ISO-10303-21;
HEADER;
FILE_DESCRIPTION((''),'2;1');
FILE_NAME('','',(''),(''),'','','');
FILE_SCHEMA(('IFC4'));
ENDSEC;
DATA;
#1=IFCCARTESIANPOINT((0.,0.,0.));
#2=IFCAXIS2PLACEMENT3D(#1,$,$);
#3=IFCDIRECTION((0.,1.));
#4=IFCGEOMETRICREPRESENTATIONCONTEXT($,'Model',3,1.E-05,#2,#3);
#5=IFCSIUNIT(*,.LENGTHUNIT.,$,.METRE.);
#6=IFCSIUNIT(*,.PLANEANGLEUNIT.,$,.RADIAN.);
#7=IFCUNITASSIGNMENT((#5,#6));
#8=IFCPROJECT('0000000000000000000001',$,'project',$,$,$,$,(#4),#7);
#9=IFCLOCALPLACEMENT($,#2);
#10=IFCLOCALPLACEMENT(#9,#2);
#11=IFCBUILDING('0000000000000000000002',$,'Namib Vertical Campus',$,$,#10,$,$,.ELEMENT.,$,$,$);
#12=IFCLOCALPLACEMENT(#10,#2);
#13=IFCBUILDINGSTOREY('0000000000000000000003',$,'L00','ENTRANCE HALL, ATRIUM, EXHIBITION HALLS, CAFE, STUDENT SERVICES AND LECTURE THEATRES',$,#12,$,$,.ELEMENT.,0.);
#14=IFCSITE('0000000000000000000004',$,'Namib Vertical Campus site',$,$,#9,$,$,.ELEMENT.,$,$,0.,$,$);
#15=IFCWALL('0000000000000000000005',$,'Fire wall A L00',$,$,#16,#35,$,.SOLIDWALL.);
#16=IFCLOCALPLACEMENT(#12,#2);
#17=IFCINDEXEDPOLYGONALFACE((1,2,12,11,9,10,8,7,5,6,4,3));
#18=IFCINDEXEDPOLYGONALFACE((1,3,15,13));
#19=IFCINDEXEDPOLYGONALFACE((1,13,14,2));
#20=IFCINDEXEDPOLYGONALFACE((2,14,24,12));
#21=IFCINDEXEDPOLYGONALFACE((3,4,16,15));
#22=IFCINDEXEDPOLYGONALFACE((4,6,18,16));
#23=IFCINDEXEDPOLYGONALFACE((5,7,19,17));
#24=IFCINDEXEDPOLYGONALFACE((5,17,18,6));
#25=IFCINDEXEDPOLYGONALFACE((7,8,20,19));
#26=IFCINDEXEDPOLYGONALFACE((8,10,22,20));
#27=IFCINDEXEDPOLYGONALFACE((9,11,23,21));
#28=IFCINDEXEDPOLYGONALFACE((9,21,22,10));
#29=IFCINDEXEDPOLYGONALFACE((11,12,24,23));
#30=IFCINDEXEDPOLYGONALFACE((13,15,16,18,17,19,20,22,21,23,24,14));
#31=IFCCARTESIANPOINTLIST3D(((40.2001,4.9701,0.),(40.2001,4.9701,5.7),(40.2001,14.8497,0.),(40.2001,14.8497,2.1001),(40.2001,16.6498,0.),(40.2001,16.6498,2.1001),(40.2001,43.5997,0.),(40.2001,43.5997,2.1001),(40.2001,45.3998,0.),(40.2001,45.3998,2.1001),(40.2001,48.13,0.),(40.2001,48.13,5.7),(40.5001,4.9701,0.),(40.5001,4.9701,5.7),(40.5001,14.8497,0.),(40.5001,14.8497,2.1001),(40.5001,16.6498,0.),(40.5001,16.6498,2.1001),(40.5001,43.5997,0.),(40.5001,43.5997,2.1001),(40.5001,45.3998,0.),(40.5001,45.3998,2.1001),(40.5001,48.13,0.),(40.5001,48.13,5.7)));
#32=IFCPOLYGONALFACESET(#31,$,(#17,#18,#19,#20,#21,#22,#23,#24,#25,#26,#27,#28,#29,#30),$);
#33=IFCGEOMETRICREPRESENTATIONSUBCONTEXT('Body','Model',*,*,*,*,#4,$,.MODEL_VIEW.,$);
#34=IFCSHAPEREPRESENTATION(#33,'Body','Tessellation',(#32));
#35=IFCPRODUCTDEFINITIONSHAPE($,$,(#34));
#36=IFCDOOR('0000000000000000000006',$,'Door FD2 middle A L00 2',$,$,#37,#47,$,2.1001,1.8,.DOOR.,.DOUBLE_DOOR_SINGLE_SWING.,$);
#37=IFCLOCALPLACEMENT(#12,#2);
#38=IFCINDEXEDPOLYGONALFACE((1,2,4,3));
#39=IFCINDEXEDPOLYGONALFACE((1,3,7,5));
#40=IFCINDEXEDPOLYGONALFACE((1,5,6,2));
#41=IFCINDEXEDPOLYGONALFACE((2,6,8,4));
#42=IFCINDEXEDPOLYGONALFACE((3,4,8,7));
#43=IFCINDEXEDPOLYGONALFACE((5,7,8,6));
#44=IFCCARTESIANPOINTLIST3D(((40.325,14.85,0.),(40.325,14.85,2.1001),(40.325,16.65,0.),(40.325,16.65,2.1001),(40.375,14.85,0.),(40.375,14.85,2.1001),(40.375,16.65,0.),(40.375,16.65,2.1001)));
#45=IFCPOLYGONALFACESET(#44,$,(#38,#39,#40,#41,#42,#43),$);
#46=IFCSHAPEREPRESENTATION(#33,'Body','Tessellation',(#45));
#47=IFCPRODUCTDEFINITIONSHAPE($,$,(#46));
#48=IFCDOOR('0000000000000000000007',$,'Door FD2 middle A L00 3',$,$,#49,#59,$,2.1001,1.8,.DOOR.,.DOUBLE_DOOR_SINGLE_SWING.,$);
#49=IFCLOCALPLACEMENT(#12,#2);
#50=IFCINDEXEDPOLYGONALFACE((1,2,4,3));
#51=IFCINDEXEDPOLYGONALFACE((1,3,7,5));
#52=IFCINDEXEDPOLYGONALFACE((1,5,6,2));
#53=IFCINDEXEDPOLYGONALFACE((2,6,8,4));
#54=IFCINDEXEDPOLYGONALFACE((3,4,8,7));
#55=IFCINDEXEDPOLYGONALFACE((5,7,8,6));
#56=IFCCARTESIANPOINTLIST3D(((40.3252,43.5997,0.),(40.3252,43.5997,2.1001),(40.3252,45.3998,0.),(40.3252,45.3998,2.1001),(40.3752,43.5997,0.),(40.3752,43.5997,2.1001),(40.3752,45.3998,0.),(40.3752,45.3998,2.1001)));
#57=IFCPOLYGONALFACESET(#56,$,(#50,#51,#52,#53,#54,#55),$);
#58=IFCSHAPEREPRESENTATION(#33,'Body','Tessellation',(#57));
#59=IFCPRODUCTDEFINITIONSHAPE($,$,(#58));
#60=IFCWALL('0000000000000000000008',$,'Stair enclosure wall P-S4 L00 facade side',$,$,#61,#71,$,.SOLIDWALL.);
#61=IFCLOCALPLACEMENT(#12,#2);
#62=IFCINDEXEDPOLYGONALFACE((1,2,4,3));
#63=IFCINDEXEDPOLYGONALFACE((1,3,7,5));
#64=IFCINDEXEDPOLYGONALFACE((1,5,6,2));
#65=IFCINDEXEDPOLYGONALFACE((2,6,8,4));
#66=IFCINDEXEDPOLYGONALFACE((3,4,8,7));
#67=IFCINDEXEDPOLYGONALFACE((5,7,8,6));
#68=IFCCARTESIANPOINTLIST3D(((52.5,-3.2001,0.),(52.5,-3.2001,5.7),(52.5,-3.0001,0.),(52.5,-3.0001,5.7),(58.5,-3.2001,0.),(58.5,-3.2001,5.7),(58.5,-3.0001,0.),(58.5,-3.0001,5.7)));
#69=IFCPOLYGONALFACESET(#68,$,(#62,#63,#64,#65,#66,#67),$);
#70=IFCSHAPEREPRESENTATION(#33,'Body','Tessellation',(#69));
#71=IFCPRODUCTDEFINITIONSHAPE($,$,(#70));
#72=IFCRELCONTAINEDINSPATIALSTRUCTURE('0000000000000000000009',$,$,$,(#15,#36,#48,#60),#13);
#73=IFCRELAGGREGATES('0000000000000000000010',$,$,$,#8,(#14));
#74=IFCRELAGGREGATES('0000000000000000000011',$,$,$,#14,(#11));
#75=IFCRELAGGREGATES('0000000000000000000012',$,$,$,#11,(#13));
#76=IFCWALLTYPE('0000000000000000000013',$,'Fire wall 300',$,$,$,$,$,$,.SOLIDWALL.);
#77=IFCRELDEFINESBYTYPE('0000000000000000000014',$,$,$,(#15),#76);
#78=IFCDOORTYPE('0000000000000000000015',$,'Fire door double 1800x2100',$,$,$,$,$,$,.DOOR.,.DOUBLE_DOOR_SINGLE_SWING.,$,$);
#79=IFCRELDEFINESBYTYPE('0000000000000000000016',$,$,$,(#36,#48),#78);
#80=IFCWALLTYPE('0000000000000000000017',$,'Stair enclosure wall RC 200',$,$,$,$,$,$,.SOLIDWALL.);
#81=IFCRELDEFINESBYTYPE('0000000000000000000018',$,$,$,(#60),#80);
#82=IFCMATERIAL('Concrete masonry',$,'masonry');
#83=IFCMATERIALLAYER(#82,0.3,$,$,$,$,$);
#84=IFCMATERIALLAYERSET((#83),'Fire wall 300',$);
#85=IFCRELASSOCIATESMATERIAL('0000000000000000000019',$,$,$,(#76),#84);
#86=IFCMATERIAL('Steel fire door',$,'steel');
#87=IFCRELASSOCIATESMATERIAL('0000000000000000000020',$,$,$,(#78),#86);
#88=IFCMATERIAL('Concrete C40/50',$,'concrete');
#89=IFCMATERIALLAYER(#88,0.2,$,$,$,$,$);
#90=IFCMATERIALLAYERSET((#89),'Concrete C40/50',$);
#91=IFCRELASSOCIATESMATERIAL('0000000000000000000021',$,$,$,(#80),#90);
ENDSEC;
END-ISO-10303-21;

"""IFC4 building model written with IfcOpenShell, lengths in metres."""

from ifc_helpers import new_model, si_unit, direction, frame, frame_2d, origin, place, context, subcontext, project, spatial, rectangle, extrude, material, layer, layer_set, type_object, element, fill, save


model = new_model("IFC4")

# Units and contexts
model_context = context("Model", 3, precision=1e-05, world=origin(), true_north=direction((0.0, 1.0)))
body_context = subcontext(model_context, "Body", "Model", "MODEL_VIEW")
ifc_project = project(units=[si_unit("LENGTHUNIT", "METRE"), si_unit("PLANEANGLEUNIT", "RADIAN")], contexts=[model_context])

# Site, building, storey
site_placement = place(None, origin())
site = spatial("IfcSite", under=ifc_project, at=site_placement, Name="Namib Vertical Campus site", CompositionType="ELEMENT", RefElevation=0.0)
building_placement = place(site_placement, origin())
building = spatial("IfcBuilding", under=site, at=building_placement, Name="Namib Vertical Campus", CompositionType="ELEMENT")
storey_placement = place(building_placement, origin())
storey = spatial("IfcBuildingStorey", under=building, at=storey_placement, Name="L00", Description="ENTRANCE HALL, ATRIUM, EXHIBITION HALLS, CAFE, STUDENT SERVICES AND LECTURE THEATRES", CompositionType="ELEMENT", Elevation=0.0)

# Wall, openings, doors
ifc_material_1 = material(Name="Concrete masonry", Category="masonry")
ifc_layer_1 = layer(ifc_material_1, 0.3)
ifc_layer_set_1 = layer_set([ifc_layer_1], Name="Fire wall 300")
wall_type_1 = type_object("IfcWallType", Name="Fire wall 300", PredefinedType="SOLIDWALL", material=ifc_layer_set_1)
wall_1_placement = place(storey_placement, frame((40.3501, 4.97, 0.0), z_axis=(0.0, 0.0, 1.0), x_axis=(0.0, 1.0, 0.0)))
wall_1 = element("IfcWall", 1, at=wall_1_placement, inside=storey, type_object=wall_type_1, Name="Fire wall A L00", PredefinedType="SOLIDWALL", context=body_context, shape_type="SweptSolid", body=[
    extrude(rectangle(XDim=43.1599, YDim=0.3, at=frame_2d((21.5801, 0.0))), origin(), (0.0, 0.0, 1.0), 5.7),
])
opening_1_placement = place(wall_1_placement, frame((9.8799, 0.0, 0.0)))
opening_1 = element("IfcOpeningElement", 2, at=opening_1_placement, cuts=wall_1, PredefinedType="OPENING", context=body_context, shape_type="SweptSolid", body=[
    extrude(rectangle(XDim=1.8, YDim=2.1001, at=frame_2d((0.8999, 1.05))), frame((0.0, 0.1599, 0.0), z_axis=(0.0, -1.0, 0.0), x_axis=(1.0, 0.0, 0.0)), (0.0, 0.0, 1.0), 0.3201),
])
opening_2_placement = place(wall_1_placement, frame((38.6299, 0.0, 0.0)))
opening_2 = element("IfcOpeningElement", 3, at=opening_2_placement, cuts=wall_1, PredefinedType="OPENING", context=body_context, shape_type="SweptSolid", body=[
    extrude(rectangle(XDim=1.8, YDim=2.1001, at=frame_2d((0.8999, 1.05))), frame((0.0, 0.1599, 0.0), z_axis=(0.0, -1.0, 0.0), x_axis=(1.0, 0.0, 0.0)), (0.0, 0.0, 1.0), 0.3201),
])
ifc_material_2 = material(Name="Steel fire door", Category="steel")
door_type = type_object("IfcDoorType", Name="Fire door double 1800x2100", OperationType="DOUBLE_DOOR_SINGLE_SWING", PredefinedType="DOOR", material=ifc_material_2)
door_1_placement = place(opening_1_placement, frame((1.8, 0.0, 0.0), z_axis=(0.0, 0.0, 1.0), x_axis=(-1.0, 0.0, 0.0)))
door_1 = element("IfcDoor", 4, at=door_1_placement, inside=storey, type_object=door_type, Name="Door FD2 middle A L00 2", OperationType="DOUBLE_DOOR_SINGLE_SWING", OverallHeight=2.1001, OverallWidth=1.8, PredefinedType="DOOR", context=body_context, shape_type="SweptSolid", body=[
    extrude(rectangle(XDim=1.8, YDim=2.1001, at=frame_2d((0.8999, 1.05))), frame((0.0, 0.0249, 0.0), z_axis=(0.0, -1.0, 0.0), x_axis=(1.0, 0.0, 0.0)), (0.0, 0.0, 1.0), 0.05),
])
fill(opening_1, door_1)
door_2_placement = place(opening_2_placement, origin())
door_2 = element("IfcDoor", 5, at=door_2_placement, inside=storey, type_object=door_type, Name="Door FD2 middle A L00 3", OperationType="DOUBLE_DOOR_SINGLE_SWING", OverallHeight=2.1001, OverallWidth=1.8, PredefinedType="DOOR", context=body_context, shape_type="SweptSolid", body=[
    extrude(rectangle(XDim=1.8, YDim=2.1001, at=frame_2d((0.8999, 1.05))), frame((0.0, 0.0249, 0.0), z_axis=(0.0, -1.0, 0.0), x_axis=(1.0, 0.0, 0.0)), (0.0, 0.0, 1.0), 0.05),
])
fill(opening_2, door_2)

# Wall
ifc_material_3 = material(Name="Concrete C40/50", Category="concrete")
ifc_layer_2 = layer(ifc_material_3, 0.2)
ifc_layer_set_2 = layer_set([ifc_layer_2], Name="Concrete C40/50")
wall_type_2 = type_object("IfcWallType", Name="Stair enclosure wall RC 200", PredefinedType="SOLIDWALL", material=ifc_layer_set_2)
wall_2_placement = place(storey_placement, frame((52.5, -3.1001, 0.0), z_axis=(0.0, 0.0, 1.0), x_axis=(1.0, 0.0, 0.0)))
element("IfcWall", 6, at=wall_2_placement, inside=storey, type_object=wall_type_2, Name="Stair enclosure wall P-S4 L00 facade side", PredefinedType="SOLIDWALL", context=body_context, shape_type="SweptSolid", body=[
    extrude(rectangle(XDim=6.0, YDim=0.2, at=frame_2d((3.0, 0.0))), origin(), (0.0, 0.0, 1.0), 5.7),
])

save(model, "model.ifc")
